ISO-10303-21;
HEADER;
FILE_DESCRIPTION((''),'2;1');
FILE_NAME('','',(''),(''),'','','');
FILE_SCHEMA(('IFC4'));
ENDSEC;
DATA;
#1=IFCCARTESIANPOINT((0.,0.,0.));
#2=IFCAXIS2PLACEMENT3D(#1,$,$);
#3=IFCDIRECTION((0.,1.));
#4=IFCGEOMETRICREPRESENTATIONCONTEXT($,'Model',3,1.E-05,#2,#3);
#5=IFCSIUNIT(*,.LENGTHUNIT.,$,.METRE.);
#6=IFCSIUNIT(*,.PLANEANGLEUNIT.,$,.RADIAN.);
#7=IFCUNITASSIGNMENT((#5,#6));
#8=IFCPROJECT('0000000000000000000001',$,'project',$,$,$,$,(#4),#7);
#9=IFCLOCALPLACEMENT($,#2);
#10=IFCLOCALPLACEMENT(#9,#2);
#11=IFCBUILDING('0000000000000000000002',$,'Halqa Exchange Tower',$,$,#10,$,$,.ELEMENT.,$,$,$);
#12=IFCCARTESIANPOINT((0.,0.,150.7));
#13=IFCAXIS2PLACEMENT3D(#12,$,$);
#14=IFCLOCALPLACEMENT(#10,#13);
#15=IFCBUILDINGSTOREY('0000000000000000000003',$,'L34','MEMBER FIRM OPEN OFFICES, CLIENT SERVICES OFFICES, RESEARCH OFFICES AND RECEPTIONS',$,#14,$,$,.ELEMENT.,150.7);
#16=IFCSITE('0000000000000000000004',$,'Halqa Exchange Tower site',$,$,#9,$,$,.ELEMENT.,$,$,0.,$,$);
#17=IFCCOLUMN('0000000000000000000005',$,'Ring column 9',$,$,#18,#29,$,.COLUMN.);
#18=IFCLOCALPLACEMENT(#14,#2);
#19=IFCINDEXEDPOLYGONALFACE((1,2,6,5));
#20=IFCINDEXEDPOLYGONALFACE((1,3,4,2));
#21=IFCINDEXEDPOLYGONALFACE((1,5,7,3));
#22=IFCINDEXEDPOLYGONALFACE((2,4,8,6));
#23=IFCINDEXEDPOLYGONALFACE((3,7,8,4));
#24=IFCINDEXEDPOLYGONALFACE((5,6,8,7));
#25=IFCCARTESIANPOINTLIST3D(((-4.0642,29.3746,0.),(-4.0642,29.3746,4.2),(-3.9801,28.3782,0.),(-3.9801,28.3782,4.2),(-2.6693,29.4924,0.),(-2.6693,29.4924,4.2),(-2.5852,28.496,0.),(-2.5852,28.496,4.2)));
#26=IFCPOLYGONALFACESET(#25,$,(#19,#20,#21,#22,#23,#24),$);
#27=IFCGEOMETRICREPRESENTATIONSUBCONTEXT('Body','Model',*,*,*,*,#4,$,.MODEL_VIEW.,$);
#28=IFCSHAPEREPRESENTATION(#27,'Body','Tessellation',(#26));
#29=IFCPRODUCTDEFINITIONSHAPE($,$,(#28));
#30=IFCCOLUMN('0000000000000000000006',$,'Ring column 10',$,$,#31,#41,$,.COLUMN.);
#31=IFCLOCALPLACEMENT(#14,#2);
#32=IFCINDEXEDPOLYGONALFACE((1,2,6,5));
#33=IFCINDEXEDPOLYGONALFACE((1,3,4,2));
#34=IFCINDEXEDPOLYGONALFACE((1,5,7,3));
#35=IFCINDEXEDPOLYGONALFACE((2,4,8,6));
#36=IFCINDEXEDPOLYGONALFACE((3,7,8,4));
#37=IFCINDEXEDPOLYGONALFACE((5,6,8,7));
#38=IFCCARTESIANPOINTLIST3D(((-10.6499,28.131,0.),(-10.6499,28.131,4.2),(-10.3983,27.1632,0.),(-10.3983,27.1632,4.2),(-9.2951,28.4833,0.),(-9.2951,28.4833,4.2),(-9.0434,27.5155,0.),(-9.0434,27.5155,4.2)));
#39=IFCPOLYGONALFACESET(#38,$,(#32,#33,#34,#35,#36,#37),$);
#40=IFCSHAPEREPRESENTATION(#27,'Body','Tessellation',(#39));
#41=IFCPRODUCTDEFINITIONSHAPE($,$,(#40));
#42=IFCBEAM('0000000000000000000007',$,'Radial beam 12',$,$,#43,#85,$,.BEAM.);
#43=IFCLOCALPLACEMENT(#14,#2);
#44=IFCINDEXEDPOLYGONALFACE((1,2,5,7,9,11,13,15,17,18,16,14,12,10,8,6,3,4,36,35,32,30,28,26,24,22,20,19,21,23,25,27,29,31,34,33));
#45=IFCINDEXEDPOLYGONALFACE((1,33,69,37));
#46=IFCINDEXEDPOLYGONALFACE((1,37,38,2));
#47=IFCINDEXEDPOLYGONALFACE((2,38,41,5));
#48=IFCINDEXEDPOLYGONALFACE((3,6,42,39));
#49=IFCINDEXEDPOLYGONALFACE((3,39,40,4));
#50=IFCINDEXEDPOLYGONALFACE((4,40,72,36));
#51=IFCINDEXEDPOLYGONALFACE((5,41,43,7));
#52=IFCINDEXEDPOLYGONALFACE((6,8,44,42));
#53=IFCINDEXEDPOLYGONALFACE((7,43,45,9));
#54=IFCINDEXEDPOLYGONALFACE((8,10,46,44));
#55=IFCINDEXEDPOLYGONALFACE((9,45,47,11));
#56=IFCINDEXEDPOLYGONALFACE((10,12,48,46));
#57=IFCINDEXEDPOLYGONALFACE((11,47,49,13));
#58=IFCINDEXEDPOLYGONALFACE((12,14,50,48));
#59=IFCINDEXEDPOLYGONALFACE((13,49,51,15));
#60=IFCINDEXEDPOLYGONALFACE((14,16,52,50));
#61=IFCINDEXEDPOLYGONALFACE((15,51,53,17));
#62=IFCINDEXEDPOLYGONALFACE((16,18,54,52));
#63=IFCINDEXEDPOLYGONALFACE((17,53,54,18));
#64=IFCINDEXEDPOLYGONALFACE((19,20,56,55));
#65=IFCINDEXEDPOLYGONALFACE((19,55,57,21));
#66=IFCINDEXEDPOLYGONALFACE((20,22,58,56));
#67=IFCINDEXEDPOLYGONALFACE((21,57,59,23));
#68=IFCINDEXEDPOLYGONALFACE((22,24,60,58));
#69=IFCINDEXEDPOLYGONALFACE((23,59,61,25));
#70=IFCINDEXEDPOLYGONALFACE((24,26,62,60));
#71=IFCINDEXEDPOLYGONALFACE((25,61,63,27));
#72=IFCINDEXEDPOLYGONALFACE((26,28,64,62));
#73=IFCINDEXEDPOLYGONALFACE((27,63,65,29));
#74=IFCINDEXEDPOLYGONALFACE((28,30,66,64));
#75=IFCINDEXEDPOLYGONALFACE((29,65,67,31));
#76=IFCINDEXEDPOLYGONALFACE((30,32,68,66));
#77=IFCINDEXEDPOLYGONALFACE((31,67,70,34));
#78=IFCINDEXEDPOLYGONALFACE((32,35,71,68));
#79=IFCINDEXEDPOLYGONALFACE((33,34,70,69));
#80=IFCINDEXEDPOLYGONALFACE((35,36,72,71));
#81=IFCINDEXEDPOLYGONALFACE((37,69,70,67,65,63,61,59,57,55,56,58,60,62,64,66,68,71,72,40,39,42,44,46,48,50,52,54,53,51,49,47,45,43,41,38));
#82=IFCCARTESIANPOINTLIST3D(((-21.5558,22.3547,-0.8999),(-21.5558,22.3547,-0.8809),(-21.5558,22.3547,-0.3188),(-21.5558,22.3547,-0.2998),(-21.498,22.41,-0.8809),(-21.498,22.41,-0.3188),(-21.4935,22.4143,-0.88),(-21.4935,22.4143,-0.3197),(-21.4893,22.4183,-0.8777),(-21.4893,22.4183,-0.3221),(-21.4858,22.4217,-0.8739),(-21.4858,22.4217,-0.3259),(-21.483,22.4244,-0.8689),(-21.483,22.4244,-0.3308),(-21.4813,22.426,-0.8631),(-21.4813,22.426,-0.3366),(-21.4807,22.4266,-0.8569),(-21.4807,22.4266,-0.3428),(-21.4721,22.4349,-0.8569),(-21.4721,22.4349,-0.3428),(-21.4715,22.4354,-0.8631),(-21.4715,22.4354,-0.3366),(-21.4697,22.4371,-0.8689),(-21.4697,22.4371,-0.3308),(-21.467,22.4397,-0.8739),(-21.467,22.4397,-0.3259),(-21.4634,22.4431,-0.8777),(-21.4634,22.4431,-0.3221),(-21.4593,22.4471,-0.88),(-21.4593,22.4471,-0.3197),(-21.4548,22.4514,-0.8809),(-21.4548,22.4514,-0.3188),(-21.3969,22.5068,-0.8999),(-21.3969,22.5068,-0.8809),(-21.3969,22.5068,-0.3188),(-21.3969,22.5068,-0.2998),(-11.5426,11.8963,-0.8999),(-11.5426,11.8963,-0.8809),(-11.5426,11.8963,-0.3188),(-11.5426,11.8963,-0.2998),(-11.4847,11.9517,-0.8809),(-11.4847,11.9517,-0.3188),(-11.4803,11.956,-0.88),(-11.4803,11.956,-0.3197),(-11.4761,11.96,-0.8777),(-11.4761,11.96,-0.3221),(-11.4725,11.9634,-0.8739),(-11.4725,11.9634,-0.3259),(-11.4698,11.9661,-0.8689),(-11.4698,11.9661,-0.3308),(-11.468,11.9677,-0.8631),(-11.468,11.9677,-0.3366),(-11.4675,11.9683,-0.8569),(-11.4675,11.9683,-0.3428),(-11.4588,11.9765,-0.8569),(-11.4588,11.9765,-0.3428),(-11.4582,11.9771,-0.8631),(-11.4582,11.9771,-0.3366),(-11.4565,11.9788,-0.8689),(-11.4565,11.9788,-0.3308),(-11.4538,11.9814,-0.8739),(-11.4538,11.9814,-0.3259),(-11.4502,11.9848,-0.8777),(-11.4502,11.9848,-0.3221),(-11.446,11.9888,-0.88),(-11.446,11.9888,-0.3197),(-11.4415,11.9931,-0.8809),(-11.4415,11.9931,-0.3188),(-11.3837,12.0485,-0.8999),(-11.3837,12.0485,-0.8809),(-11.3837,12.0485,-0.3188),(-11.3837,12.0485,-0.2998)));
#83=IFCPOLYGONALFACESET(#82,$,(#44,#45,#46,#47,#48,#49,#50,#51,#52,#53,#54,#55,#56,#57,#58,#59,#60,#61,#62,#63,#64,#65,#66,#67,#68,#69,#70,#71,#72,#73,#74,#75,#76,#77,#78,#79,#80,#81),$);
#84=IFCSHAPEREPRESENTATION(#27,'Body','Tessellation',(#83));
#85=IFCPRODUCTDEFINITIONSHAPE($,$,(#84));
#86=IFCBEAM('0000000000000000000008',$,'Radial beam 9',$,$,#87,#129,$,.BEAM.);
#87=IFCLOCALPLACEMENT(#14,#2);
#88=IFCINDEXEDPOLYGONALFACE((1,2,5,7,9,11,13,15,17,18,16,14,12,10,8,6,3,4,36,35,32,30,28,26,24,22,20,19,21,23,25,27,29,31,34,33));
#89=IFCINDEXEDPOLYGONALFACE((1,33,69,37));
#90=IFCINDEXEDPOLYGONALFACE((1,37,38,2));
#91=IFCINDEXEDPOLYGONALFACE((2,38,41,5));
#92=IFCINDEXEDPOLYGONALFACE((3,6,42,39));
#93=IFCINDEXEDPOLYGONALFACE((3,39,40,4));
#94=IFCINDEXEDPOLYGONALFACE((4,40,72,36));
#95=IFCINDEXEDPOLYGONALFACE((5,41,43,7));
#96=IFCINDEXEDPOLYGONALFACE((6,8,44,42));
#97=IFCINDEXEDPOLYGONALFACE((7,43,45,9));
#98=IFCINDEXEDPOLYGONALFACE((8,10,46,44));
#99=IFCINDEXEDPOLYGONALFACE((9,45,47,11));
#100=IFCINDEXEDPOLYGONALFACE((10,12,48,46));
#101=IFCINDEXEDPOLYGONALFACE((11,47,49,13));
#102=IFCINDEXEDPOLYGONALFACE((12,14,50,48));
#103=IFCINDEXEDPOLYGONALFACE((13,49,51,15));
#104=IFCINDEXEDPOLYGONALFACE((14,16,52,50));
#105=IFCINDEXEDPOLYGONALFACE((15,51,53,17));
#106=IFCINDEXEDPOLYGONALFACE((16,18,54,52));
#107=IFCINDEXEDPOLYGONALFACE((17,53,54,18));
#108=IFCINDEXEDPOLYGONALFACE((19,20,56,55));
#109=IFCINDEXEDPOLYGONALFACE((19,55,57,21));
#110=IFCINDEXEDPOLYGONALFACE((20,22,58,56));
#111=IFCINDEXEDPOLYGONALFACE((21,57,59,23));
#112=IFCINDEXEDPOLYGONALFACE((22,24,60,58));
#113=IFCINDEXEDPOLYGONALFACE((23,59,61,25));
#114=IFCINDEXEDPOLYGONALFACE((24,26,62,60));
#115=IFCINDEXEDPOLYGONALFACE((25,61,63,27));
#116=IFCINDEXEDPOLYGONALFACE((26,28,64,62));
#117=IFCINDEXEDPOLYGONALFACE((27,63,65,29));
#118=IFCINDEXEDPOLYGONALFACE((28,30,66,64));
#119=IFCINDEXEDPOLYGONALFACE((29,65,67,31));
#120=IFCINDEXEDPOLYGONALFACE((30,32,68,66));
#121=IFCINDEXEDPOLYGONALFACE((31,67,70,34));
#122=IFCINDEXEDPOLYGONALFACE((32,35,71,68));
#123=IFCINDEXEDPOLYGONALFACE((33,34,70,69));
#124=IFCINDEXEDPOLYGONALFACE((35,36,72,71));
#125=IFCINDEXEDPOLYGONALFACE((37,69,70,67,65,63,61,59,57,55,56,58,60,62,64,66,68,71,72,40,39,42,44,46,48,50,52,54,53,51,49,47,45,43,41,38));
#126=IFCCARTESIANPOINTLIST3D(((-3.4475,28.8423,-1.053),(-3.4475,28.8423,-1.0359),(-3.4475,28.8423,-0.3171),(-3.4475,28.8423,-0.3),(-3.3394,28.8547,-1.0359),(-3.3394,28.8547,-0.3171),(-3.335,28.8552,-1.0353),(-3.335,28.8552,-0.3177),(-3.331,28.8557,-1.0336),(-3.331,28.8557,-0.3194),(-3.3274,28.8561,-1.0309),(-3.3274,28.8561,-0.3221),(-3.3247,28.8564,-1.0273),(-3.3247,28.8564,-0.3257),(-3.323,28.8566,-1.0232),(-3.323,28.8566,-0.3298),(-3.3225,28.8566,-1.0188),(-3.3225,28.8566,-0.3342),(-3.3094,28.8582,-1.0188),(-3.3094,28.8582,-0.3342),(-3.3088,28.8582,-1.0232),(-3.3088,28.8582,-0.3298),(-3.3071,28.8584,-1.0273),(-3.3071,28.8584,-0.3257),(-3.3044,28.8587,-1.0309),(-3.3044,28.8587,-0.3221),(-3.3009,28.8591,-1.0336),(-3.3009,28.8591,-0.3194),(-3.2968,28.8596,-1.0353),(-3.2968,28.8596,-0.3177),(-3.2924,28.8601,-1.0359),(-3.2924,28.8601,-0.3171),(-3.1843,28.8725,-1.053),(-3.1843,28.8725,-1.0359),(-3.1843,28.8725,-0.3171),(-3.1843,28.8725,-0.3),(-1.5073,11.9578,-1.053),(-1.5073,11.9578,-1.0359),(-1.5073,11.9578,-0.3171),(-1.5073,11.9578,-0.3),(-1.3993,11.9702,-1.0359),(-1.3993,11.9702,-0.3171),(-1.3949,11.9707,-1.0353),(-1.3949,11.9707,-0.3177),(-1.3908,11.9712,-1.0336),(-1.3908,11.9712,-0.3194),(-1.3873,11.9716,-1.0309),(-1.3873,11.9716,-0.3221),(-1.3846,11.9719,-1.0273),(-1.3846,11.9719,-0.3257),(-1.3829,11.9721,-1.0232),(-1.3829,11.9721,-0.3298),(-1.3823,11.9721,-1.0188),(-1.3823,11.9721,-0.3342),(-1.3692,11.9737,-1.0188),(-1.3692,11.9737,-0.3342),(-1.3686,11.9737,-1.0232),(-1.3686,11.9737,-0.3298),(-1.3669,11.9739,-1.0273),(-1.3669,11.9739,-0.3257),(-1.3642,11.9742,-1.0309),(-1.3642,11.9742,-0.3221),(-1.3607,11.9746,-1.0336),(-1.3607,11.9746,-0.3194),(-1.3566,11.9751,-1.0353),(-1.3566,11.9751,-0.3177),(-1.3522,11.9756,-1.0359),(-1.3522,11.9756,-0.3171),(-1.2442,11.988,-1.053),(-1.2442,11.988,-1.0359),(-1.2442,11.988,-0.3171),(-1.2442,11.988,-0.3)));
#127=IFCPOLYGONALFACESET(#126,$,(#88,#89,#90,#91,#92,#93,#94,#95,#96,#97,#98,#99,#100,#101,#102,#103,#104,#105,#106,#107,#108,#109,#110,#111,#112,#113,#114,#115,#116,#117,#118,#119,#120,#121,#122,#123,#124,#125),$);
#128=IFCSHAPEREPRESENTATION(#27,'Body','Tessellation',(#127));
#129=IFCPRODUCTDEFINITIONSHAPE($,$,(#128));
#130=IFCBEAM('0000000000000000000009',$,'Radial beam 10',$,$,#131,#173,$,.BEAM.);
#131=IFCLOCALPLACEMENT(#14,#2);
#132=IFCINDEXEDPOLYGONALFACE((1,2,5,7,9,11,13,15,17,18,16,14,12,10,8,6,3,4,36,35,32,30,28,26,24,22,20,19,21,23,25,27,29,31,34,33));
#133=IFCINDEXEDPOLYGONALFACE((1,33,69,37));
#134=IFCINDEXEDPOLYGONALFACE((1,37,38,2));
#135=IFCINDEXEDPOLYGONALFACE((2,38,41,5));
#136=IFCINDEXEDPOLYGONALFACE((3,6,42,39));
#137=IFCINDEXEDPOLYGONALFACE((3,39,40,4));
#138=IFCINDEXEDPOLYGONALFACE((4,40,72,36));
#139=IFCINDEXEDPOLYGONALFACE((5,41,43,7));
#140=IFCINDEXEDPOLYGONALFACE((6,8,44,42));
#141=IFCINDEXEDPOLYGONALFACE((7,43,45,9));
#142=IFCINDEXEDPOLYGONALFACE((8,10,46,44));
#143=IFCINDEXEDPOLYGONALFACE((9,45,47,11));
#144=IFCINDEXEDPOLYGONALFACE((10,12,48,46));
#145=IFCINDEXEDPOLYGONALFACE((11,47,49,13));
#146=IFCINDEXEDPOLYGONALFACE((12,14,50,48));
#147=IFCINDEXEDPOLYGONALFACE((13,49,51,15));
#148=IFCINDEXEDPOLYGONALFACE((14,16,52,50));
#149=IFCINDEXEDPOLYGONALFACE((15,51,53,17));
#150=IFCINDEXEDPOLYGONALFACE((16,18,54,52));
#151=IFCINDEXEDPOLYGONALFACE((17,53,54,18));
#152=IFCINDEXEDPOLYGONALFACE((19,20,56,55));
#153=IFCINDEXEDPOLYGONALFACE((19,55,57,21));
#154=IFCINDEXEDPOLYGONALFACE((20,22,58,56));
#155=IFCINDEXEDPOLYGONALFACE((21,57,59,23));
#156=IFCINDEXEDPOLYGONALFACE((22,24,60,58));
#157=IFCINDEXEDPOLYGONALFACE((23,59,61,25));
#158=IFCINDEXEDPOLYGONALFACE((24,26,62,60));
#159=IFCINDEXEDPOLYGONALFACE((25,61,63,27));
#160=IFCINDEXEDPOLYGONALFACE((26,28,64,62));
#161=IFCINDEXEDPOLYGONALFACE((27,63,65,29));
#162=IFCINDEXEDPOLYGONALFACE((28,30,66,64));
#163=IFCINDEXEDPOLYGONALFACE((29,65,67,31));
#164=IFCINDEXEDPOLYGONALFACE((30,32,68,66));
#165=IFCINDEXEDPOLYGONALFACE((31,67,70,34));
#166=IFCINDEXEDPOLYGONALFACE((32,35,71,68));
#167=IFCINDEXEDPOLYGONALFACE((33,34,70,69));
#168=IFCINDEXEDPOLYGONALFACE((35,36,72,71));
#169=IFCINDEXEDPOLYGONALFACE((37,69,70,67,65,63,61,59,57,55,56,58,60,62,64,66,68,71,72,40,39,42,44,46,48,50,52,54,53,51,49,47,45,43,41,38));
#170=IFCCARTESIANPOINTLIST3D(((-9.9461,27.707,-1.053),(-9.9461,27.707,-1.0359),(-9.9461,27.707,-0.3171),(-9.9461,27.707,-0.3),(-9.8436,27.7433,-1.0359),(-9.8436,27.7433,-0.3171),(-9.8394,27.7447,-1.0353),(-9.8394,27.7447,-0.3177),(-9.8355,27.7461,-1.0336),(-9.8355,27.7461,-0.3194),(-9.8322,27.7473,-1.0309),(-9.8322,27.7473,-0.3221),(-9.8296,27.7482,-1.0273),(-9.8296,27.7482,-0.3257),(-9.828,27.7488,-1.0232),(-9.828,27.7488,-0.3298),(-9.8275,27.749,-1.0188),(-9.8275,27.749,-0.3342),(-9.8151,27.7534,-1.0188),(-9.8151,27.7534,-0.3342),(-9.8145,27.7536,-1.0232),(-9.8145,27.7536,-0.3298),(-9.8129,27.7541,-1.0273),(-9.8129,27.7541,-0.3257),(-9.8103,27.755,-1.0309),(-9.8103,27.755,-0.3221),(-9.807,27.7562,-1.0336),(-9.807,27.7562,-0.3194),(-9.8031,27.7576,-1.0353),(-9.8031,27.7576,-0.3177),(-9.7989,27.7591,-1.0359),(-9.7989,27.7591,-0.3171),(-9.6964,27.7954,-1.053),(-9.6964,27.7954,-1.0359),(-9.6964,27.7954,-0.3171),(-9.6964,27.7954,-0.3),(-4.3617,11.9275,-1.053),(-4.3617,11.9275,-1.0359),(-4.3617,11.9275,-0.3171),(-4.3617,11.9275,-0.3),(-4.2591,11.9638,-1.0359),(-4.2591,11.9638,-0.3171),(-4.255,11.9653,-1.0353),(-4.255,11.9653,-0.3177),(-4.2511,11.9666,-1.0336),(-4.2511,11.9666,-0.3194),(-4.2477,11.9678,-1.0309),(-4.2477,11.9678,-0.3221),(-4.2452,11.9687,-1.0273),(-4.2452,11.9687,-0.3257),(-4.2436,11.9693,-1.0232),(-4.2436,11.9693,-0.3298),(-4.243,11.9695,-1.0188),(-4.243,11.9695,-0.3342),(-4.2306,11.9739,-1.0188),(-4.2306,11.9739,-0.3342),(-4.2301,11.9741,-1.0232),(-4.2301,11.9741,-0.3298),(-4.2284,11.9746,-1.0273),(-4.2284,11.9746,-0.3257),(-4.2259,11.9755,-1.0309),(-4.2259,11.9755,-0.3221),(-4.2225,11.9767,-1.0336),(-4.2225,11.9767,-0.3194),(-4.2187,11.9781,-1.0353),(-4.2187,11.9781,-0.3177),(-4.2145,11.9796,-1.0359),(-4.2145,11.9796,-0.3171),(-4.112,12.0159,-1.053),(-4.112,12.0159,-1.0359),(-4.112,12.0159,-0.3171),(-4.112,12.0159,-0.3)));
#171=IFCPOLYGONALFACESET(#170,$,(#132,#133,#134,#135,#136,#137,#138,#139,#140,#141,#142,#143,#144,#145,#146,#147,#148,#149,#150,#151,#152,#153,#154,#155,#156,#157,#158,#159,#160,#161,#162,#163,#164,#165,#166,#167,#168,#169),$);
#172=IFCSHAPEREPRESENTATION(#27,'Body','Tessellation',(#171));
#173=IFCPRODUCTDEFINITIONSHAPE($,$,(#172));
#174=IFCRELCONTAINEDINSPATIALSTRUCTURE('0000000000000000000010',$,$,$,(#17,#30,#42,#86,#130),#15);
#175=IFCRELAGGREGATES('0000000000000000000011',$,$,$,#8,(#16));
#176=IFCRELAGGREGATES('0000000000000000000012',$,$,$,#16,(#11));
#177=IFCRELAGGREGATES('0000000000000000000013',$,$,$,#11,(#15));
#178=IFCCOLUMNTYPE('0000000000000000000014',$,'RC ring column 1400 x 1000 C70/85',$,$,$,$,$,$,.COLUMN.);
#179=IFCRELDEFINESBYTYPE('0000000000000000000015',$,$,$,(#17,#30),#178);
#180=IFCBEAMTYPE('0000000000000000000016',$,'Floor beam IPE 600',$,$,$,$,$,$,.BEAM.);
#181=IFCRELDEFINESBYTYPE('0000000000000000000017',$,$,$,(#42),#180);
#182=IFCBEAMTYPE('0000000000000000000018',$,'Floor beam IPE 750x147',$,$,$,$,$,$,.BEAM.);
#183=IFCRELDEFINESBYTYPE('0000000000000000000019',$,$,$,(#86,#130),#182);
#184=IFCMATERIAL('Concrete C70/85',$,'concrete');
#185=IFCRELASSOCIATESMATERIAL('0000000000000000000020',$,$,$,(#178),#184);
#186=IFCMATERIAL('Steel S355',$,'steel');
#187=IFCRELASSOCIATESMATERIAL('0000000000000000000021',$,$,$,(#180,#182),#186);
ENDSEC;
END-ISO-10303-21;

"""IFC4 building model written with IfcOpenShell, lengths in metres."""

from ifc_helpers import new_model, si_unit, direction, frame, origin, origin_2d, place, context, subcontext, project, spatial, rectangle, i_section, extrude, material, material_profile, profile_set, type_object, element, save


model = new_model("IFC4")

# Units and contexts
model_context = context("Model", 3, precision=1e-05, world=origin(), true_north=direction((0.0, 1.0)))
body_context = subcontext(model_context, "Body", "Model", "MODEL_VIEW")
ifc_project = project(units=[si_unit("LENGTHUNIT", "METRE"), si_unit("PLANEANGLEUNIT", "RADIAN")], contexts=[model_context])

# Site, building, storey
site_placement = place(None, origin())
site = spatial("IfcSite", under=ifc_project, at=site_placement, Name="Halqa Exchange Tower site", CompositionType="ELEMENT", RefElevation=0.0)
building_placement = place(site_placement, origin())
building = spatial("IfcBuilding", under=site, at=building_placement, Name="Halqa Exchange Tower", CompositionType="ELEMENT")
storey_placement = place(building_placement, frame((0.0, 0.0, 150.7)))
storey = spatial("IfcBuildingStorey", under=building, at=storey_placement, Name="L34", Description="MEMBER FIRM OPEN OFFICES, CLIENT SERVICES OFFICES, RESEARCH OFFICES AND RECEPTIONS", CompositionType="ELEMENT", Elevation=150.7)

# Columns
ifc_material_1 = material(Name="Concrete C70/85", Category="concrete")
ifc_material_profile_1 = material_profile(ifc_material_1, rectangle(XDim=1.3999, YDim=1.0, at=origin_2d()), Name="1400 x 1000")
ifc_profile_set_1 = profile_set([ifc_material_profile_1], Name="Concrete C70/85")
column_type = type_object("IfcColumnType", Name="RC ring column 1400 x 1000 C70/85", PredefinedType="COLUMN", material=ifc_profile_set_1)
for number, where, z_axis, x_axis, name in (
    (1, (-3.3247, 28.9353, 0.0), (0.0, 0.0, 1.0), (-0.996455, -0.084125, 0.0), "Ring column 9"),
    (2, (-9.8467, 27.8232, 0.0), (0.0, 0.0, 1.0), (-0.96782, -0.251645, 0.0), "Ring column 10"),
):
    element("IfcColumn", number, at=place(storey_placement, frame(where, z_axis=z_axis, x_axis=x_axis)), inside=storey, type_object=column_type, Name=name, PredefinedType="COLUMN", context=body_context, shape_type="SweptSolid", body=[
        extrude(rectangle(XDim=1.3999, YDim=1.0, at=origin_2d()), origin(), (0.0, 0.0, 1.0), 4.2),
    ])

# Beams
ifc_material_2 = material(Name="Steel S355", Category="steel")
ifc_material_profile_2 = material_profile(ifc_material_2, i_section(OverallWidth=0.22, OverallDepth=0.6001, WebThickness=0.012, FlangeThickness=0.019, FilletRadius=0.0239, at=origin_2d()), Name="IPE 600")
ifc_profile_set_2 = profile_set([ifc_material_profile_2], Name="Steel S355")
beam_type_1 = type_object("IfcBeamType", Name="Floor beam IPE 600", PredefinedType="BEAM", material=ifc_profile_set_2)
beam_1_placement = place(storey_placement, frame((-11.4631, 11.9724, -0.5999), z_axis=(-0.69157, 0.722309, 0.0), x_axis=(-0.722309, -0.69157, 0.0)))
element("IfcBeam", 3, at=beam_1_placement, inside=storey, type_object=beam_type_1, Name="Radial beam 12", PredefinedType="BEAM", context=body_context, shape_type="SweptSolid", body=[
    extrude(i_section(OverallWidth=0.22, OverallDepth=0.6001, WebThickness=0.012, FlangeThickness=0.019, FilletRadius=0.0239, at=origin_2d()), origin(), (0.0, 0.0, 1.0), 14.479),
])
ifc_material_profile_3 = material_profile(ifc_material_2, i_section(OverallWidth=0.2649, OverallDepth=0.7529, WebThickness=0.0132, FlangeThickness=0.0171, FilletRadius=0.0171, at=origin_2d()), Name="IPE 750x147")
ifc_profile_set_3 = profile_set([ifc_material_profile_3], Name="Steel S355")
beam_type_2 = type_object("IfcBeamType", Name="Floor beam IPE 750x147", PredefinedType="BEAM", material=ifc_profile_set_3)
beam_2_placement = place(storey_placement, frame((-1.3757, 11.9729, -0.6765), z_axis=(-0.114158, 0.993463, 0.0), x_axis=(-0.993463, -0.114158, 0.0)))
element("IfcBeam", 4, at=beam_2_placement, inside=storey, type_object=beam_type_2, Name="Radial beam 9", PredefinedType="BEAM", context=body_context, shape_type="SweptSolid", body=[
    extrude(i_section(OverallWidth=0.2649, OverallDepth=0.7529, WebThickness=0.0132, FlangeThickness=0.0171, FilletRadius=0.0171, at=origin_2d()), origin(), (0.0, 0.0, 1.0), 16.9956),
])
beam_3_placement = place(storey_placement, frame((-4.2368, 11.9717, -0.6765), z_axis=(-0.333629, 0.942705, 0.0), x_axis=(-0.942705, -0.333629, 0.0)))
element("IfcBeam", 5, at=beam_3_placement, inside=storey, type_object=beam_type_2, Name="Radial beam 10", PredefinedType="BEAM", context=body_context, shape_type="SweptSolid", body=[
    extrude(i_section(OverallWidth=0.2649, OverallDepth=0.7529, WebThickness=0.0132, FlangeThickness=0.0171, FilletRadius=0.0171, at=origin_2d()), origin(), (0.0, 0.0, 1.0), 16.7385),
])

save(model, "model.ifc")
